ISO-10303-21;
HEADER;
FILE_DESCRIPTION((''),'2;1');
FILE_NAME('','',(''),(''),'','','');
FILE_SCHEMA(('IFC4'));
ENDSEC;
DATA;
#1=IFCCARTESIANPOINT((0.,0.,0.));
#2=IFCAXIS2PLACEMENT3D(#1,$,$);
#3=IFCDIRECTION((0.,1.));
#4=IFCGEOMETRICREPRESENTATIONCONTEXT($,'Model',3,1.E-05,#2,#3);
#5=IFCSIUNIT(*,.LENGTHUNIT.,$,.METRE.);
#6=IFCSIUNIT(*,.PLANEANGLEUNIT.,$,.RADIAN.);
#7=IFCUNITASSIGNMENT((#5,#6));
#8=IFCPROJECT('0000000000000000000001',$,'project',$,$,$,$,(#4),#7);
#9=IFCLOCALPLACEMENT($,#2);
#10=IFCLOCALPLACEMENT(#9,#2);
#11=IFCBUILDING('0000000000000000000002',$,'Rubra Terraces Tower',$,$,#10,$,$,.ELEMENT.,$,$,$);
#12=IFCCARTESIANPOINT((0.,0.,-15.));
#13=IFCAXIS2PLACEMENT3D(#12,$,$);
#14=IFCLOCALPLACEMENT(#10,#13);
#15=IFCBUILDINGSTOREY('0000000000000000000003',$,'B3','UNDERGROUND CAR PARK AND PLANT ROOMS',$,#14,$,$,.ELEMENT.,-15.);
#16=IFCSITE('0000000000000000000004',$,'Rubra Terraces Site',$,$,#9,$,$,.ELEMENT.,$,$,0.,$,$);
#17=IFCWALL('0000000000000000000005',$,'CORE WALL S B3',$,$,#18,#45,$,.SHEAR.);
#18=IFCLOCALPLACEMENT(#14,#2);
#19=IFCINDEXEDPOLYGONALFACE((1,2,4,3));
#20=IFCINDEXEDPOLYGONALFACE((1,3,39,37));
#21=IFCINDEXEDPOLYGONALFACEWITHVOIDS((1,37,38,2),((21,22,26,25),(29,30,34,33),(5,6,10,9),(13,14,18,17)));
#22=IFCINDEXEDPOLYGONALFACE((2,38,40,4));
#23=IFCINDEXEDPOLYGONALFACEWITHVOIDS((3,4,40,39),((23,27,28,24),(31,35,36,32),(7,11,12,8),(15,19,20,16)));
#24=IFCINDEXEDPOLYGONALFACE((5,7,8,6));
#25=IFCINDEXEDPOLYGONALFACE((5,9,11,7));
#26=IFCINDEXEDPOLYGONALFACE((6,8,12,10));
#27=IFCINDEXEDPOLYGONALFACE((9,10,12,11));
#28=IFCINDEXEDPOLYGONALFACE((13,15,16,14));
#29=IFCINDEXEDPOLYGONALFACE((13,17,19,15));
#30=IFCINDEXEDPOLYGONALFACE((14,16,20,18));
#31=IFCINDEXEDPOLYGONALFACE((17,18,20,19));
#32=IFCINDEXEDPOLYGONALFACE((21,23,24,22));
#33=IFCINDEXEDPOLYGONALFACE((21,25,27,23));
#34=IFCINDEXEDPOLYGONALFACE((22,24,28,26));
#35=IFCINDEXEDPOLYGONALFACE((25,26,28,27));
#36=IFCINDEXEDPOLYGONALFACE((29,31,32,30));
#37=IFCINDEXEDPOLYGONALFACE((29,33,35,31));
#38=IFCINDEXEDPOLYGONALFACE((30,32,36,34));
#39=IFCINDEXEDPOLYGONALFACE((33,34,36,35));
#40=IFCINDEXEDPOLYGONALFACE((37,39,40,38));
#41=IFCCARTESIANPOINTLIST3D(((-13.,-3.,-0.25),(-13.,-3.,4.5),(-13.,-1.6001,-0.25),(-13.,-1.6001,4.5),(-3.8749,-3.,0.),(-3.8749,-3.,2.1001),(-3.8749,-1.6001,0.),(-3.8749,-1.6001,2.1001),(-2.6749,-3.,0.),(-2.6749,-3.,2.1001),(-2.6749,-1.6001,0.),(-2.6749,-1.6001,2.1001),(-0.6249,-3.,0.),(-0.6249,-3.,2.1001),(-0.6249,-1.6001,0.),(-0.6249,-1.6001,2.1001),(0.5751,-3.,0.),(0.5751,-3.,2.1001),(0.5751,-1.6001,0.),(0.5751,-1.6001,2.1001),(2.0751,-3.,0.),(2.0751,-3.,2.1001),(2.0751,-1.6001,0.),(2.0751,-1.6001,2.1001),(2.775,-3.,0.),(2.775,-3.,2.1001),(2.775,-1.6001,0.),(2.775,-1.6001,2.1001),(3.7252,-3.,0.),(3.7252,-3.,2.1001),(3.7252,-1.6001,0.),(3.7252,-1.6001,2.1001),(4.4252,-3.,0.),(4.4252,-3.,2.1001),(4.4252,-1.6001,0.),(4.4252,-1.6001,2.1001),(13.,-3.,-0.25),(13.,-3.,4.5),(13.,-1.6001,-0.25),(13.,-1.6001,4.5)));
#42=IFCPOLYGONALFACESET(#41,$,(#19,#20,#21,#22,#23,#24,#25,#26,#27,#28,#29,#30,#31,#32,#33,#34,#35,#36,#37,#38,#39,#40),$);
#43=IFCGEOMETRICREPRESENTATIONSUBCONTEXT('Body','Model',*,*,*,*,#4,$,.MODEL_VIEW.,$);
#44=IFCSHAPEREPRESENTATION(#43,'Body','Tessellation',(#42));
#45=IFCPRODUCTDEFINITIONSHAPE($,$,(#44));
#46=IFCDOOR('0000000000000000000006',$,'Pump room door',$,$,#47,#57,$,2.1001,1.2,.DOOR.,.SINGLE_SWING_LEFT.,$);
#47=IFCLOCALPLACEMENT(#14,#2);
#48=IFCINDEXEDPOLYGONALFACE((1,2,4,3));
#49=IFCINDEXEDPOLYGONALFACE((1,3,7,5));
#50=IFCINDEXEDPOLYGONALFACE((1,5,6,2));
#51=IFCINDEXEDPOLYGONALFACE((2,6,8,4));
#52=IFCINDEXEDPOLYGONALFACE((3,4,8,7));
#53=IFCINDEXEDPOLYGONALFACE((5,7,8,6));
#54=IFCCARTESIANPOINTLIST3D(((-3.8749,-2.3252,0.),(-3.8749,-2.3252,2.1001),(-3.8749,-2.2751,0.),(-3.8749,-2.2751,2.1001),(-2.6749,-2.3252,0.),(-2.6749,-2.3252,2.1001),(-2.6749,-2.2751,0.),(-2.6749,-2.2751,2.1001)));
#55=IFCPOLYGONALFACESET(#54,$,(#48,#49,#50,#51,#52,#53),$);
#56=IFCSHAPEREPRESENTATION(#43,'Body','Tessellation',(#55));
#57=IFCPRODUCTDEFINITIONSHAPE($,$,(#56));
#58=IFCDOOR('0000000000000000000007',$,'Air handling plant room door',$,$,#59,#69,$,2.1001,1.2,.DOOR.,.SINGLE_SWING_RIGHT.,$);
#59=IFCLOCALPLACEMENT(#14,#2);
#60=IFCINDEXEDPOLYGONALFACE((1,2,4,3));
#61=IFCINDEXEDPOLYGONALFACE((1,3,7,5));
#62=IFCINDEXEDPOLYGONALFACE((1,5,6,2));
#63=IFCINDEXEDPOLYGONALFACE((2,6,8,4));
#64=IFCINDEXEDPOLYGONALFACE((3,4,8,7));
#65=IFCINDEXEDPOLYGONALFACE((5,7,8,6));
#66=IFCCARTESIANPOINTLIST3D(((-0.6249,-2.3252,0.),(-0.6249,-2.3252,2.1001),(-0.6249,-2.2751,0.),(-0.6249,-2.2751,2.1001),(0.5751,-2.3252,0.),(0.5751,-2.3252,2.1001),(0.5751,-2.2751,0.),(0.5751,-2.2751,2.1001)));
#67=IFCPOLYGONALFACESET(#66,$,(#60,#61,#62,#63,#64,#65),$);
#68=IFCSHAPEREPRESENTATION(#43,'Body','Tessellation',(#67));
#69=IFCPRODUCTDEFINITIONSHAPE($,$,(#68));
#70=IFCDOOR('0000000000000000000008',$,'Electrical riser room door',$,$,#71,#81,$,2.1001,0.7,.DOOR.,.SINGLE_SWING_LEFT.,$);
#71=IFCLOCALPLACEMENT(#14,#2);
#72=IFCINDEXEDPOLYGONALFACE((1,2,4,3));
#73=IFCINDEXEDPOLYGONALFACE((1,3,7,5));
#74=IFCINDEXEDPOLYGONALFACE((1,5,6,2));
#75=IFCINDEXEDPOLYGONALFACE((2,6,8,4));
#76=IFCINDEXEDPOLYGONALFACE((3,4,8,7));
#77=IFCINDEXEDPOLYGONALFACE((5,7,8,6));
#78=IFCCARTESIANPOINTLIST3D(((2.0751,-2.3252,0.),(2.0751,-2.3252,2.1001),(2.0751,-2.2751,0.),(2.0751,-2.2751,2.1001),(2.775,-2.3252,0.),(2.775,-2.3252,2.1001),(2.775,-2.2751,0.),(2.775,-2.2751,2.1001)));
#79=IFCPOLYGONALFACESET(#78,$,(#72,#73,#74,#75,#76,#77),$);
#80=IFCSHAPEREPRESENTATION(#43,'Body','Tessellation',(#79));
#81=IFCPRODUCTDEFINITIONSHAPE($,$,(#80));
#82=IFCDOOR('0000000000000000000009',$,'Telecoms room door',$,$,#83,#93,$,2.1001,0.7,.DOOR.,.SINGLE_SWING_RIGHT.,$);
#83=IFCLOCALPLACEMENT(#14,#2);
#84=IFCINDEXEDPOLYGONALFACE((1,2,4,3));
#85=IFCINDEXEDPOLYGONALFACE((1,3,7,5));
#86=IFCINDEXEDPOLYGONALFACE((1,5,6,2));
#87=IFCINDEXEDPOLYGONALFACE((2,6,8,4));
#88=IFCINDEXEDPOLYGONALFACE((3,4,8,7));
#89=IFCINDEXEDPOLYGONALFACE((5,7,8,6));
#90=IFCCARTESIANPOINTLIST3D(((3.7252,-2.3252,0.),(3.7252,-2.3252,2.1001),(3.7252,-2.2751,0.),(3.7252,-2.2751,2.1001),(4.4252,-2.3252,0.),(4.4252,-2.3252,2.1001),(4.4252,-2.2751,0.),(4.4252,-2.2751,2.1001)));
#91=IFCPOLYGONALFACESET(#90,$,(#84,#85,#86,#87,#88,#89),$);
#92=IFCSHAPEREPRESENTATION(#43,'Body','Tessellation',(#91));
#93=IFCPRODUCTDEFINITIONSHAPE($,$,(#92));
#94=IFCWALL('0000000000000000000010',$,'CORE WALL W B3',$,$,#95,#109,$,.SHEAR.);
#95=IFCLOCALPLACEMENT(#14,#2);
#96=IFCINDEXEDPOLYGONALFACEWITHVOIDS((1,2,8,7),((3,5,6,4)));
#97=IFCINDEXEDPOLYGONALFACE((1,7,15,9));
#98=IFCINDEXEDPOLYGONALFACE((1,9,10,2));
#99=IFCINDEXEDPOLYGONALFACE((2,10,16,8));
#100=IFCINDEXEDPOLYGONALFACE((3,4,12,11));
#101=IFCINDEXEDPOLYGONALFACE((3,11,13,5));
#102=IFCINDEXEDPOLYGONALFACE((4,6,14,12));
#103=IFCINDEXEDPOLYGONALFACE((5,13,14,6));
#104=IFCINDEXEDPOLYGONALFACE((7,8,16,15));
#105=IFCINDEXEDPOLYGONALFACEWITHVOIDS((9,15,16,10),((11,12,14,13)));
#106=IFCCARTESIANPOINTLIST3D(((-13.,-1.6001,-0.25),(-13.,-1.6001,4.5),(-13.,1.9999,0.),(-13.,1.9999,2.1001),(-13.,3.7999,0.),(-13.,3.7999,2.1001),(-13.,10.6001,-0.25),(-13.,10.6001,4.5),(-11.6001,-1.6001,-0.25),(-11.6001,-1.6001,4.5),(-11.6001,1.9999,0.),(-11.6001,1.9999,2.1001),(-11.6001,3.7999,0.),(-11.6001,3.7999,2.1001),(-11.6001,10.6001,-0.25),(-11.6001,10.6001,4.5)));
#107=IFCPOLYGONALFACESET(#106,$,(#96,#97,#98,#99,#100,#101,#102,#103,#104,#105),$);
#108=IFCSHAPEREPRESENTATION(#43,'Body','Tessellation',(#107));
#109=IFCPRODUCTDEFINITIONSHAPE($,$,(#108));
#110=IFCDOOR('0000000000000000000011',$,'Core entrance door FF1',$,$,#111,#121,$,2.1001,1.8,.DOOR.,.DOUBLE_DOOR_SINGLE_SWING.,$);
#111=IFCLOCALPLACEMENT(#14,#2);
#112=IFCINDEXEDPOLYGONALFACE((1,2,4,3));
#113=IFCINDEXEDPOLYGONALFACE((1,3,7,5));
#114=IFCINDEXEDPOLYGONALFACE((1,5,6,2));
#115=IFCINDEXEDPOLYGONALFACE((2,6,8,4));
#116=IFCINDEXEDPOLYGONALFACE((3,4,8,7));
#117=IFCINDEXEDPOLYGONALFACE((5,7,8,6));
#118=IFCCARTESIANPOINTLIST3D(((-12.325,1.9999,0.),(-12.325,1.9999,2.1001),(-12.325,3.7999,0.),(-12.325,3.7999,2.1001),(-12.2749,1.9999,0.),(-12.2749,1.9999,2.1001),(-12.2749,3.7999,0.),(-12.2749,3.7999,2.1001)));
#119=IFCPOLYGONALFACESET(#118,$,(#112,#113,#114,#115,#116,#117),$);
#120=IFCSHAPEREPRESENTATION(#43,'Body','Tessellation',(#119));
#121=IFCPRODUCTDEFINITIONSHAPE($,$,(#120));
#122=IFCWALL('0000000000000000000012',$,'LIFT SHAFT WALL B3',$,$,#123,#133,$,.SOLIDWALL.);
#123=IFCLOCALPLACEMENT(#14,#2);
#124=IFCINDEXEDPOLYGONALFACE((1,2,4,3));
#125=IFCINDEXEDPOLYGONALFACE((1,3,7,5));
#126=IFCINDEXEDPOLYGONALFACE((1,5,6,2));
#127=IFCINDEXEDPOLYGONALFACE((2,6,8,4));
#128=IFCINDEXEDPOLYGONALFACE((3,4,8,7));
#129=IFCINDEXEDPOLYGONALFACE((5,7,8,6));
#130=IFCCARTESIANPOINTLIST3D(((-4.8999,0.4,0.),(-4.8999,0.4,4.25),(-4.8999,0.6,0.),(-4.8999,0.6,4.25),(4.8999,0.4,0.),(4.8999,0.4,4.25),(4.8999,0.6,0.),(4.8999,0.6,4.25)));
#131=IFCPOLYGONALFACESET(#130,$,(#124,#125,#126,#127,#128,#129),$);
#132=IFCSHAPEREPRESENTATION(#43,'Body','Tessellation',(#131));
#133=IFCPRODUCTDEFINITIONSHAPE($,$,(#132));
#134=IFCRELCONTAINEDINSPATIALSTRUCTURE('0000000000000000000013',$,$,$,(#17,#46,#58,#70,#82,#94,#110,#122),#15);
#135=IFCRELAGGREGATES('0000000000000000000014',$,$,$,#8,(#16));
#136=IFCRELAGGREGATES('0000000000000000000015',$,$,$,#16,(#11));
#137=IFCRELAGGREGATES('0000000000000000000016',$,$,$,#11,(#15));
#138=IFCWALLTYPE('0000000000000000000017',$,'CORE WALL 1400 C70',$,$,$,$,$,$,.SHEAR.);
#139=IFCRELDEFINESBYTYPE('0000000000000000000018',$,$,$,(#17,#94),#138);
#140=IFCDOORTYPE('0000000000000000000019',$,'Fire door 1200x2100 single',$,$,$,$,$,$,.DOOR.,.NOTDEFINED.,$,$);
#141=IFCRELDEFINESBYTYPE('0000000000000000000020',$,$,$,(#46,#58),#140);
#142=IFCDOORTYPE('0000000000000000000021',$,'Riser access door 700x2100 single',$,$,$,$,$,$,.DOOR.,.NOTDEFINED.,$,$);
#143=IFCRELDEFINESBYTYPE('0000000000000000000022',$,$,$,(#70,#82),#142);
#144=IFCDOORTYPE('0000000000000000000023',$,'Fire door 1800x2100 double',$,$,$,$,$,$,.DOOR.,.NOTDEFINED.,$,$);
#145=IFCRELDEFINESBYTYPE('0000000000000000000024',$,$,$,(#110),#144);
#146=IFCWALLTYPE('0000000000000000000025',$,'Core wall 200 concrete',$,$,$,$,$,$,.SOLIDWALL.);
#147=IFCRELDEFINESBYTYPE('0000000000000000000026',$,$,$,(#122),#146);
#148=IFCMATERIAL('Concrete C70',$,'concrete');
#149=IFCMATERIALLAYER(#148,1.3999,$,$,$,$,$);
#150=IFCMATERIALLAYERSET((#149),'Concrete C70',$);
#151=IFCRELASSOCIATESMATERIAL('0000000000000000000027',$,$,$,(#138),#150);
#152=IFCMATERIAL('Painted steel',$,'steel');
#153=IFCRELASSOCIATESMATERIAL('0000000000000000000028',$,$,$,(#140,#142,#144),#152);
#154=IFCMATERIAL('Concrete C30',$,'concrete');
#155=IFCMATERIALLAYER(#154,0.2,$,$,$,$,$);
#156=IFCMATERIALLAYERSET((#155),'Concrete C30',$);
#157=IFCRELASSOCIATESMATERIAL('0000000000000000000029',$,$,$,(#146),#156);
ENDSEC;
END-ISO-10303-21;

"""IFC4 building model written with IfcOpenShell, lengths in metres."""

from ifc_helpers import new_model, si_unit, direction, frame, frame_2d, origin, place, context, subcontext, project, spatial, rectangle, extrude, material, layer, layer_set, type_object, element, fill, save


model = new_model("IFC4")

# Units and contexts
model_context = context("Model", 3, precision=1e-05, world=origin(), true_north=direction((0.0, 1.0)))
body_context = subcontext(model_context, "Body", "Model", "MODEL_VIEW")
ifc_project = project(units=[si_unit("LENGTHUNIT", "METRE"), si_unit("PLANEANGLEUNIT", "RADIAN")], contexts=[model_context])

# Site, building, storey
site_placement = place(None, origin())
site = spatial("IfcSite", under=ifc_project, at=site_placement, Name="Rubra Terraces Site", CompositionType="ELEMENT", RefElevation=0.0)
building_placement = place(site_placement, origin())
building = spatial("IfcBuilding", under=site, at=building_placement, Name="Rubra Terraces Tower", CompositionType="ELEMENT")
storey_placement = place(building_placement, frame((0.0, 0.0, -15.0)))
storey = spatial("IfcBuildingStorey", under=building, at=storey_placement, Name="B3", Description="UNDERGROUND CAR PARK AND PLANT ROOMS", CompositionType="ELEMENT", Elevation=-15.0)

# Wall, openings, doors
ifc_material_1 = material(Name="Concrete C70", Category="concrete")
ifc_layer_1 = layer(ifc_material_1, 1.3999)
ifc_layer_set_1 = layer_set([ifc_layer_1], Name="Concrete C70")
wall_type_1 = type_object("IfcWallType", Name="CORE WALL 1400 C70", PredefinedType="SHEAR", material=ifc_layer_set_1)
wall_1_placement = place(storey_placement, frame((-13.0, -2.3, -0.25), z_axis=(0.0, 0.0, 1.0), x_axis=(1.0, 0.0, 0.0)))
wall_1 = element("IfcWall", 1, at=wall_1_placement, inside=storey, type_object=wall_type_1, Name="CORE WALL S B3", PredefinedType="SHEAR", context=body_context, shape_type="SweptSolid", body=[
    extrude(rectangle(XDim=26.0, YDim=1.3999, at=frame_2d((13.0, 0.0))), origin(), (0.0, 0.0, 1.0), 4.75),
])
opening_1_placement = place(wall_1_placement, frame((9.125, 0.0, 0.25)))
opening_1 = element("IfcOpeningElement", 2, at=opening_1_placement, cuts=wall_1, PredefinedType="OPENING", context=body_context, shape_type="SweptSolid", body=[
    extrude(rectangle(XDim=1.2, YDim=2.1001, at=frame_2d((0.6001, 1.05))), frame((0.0, 0.71, 0.0), z_axis=(0.0, -1.0, 0.0), x_axis=(1.0, 0.0, 0.0)), (0.0, 0.0, 1.0), 1.4199),
])
opening_2_placement = place(wall_1_placement, frame((12.375, 0.0, 0.25)))
opening_2 = element("IfcOpeningElement", 3, at=opening_2_placement, cuts=wall_1, PredefinedType="OPENING", context=body_context, shape_type="SweptSolid", body=[
    extrude(rectangle(XDim=1.2, YDim=2.1001, at=frame_2d((0.6001, 1.05))), frame((0.0, 0.71, 0.0), z_axis=(0.0, -1.0, 0.0), x_axis=(1.0, 0.0, 0.0)), (0.0, 0.0, 1.0), 1.4199),
])
opening_3_placement = place(wall_1_placement, frame((15.075, 0.0, 0.25)))
opening_3 = element("IfcOpeningElement", 4, at=opening_3_placement, cuts=wall_1, PredefinedType="OPENING", context=body_context, shape_type="SweptSolid", body=[
    extrude(rectangle(XDim=0.7, YDim=2.1001, at=frame_2d((0.3501, 1.05))), frame((0.0, 0.71, 0.0), z_axis=(0.0, -1.0, 0.0), x_axis=(1.0, 0.0, 0.0)), (0.0, 0.0, 1.0), 1.4199),
])
opening_4_placement = place(wall_1_placement, frame((16.7251, 0.0, 0.25)))
opening_4 = element("IfcOpeningElement", 5, at=opening_4_placement, cuts=wall_1, PredefinedType="OPENING", context=body_context, shape_type="SweptSolid", body=[
    extrude(rectangle(XDim=0.7, YDim=2.1001, at=frame_2d((0.3501, 1.05))), frame((0.0, 0.71, 0.0), z_axis=(0.0, -1.0, 0.0), x_axis=(1.0, 0.0, 0.0)), (0.0, 0.0, 1.0), 1.4199),
])
ifc_material_2 = material(Name="Painted steel", Category="steel")
door_type_1 = type_object("IfcDoorType", Name="Fire door 1200x2100 single", OperationType="NOTDEFINED", PredefinedType="DOOR", material=ifc_material_2)
door_1_placement = place(opening_1_placement, origin())
door_1 = element("IfcDoor", 6, at=door_1_placement, inside=storey, type_object=door_type_1, Name="Pump room door", OperationType="SINGLE_SWING_LEFT", OverallHeight=2.1001, OverallWidth=1.2, PredefinedType="DOOR", context=body_context, shape_type="SweptSolid", body=[
    extrude(rectangle(XDim=1.2, YDim=2.1001, at=frame_2d((0.6001, 1.05))), frame((0.0, 0.0249, 0.0), z_axis=(0.0, -1.0, 0.0), x_axis=(1.0, 0.0, 0.0)), (0.0, 0.0, 1.0), 0.05),
])
fill(opening_1, door_1)
door_2_placement = place(opening_2_placement, origin())
door_2 = element("IfcDoor", 7, at=door_2_placement, inside=storey, type_object=door_type_1, Name="Air handling plant room door", OperationType="SINGLE_SWING_RIGHT", OverallHeight=2.1001, OverallWidth=1.2, PredefinedType="DOOR", context=body_context, shape_type="SweptSolid", body=[
    extrude(rectangle(XDim=1.2, YDim=2.1001, at=frame_2d((0.6001, 1.05))), frame((0.0, 0.0249, 0.0), z_axis=(0.0, -1.0, 0.0), x_axis=(1.0, 0.0, 0.0)), (0.0, 0.0, 1.0), 0.05),
])
fill(opening_2, door_2)
door_type_2 = type_object("IfcDoorType", Name="Riser access door 700x2100 single", OperationType="NOTDEFINED", PredefinedType="DOOR", material=ifc_material_2)
door_3_placement = place(opening_3_placement, origin())
door_3 = element("IfcDoor", 8, at=door_3_placement, inside=storey, type_object=door_type_2, Name="Electrical riser room door", OperationType="SINGLE_SWING_LEFT", OverallHeight=2.1001, OverallWidth=0.7, PredefinedType="DOOR", context=body_context, shape_type="SweptSolid", body=[
    extrude(rectangle(XDim=0.7, YDim=2.1001, at=frame_2d((0.3501, 1.05))), frame((0.0, 0.0249, 0.0), z_axis=(0.0, -1.0, 0.0), x_axis=(1.0, 0.0, 0.0)), (0.0, 0.0, 1.0), 0.05),
])
fill(opening_3, door_3)
door_4_placement = place(opening_4_placement, origin())
door_4 = element("IfcDoor", 9, at=door_4_placement, inside=storey, type_object=door_type_2, Name="Telecoms room door", OperationType="SINGLE_SWING_RIGHT", OverallHeight=2.1001, OverallWidth=0.7, PredefinedType="DOOR", context=body_context, shape_type="SweptSolid", body=[
    extrude(rectangle(XDim=0.7, YDim=2.1001, at=frame_2d((0.3501, 1.05))), frame((0.0, 0.0249, 0.0), z_axis=(0.0, -1.0, 0.0), x_axis=(1.0, 0.0, 0.0)), (0.0, 0.0, 1.0), 0.05),
])
fill(opening_4, door_4)

# Wall, opening, door
wall_2_placement = place(storey_placement, frame((-12.3, -1.6001, -0.25), z_axis=(0.0, 0.0, 1.0), x_axis=(0.0, 1.0, 0.0)))
wall_2 = element("IfcWall", 10, at=wall_2_placement, inside=storey, type_object=wall_type_1, Name="CORE WALL W B3", PredefinedType="SHEAR", context=body_context, shape_type="SweptSolid", body=[
    extrude(rectangle(XDim=12.2002, YDim=1.3999, at=frame_2d((6.1001, 0.0))), origin(), (0.0, 0.0, 1.0), 4.75),
])
opening_5_placement = place(wall_2_placement, frame((3.6001, 0.0, 0.25)))
opening_5 = element("IfcOpeningElement", 11, at=opening_5_placement, cuts=wall_2, PredefinedType="OPENING", context=body_context, shape_type="SweptSolid", body=[
    extrude(rectangle(XDim=1.8, YDim=2.1001, at=frame_2d((0.8999, 1.05))), frame((0.0, 0.71, 0.0), z_axis=(0.0, -1.0, 0.0), x_axis=(1.0, 0.0, 0.0)), (0.0, 0.0, 1.0), 1.4199),
])
door_type_3 = type_object("IfcDoorType", Name="Fire door 1800x2100 double", OperationType="NOTDEFINED", PredefinedType="DOOR", material=ifc_material_2)
door_5_placement = place(opening_5_placement, origin())
door_5 = element("IfcDoor", 12, at=door_5_placement, inside=storey, type_object=door_type_3, Name="Core entrance door FF1", OperationType="DOUBLE_DOOR_SINGLE_SWING", OverallHeight=2.1001, OverallWidth=1.8, PredefinedType="DOOR", context=body_context, shape_type="SweptSolid", body=[
    extrude(rectangle(XDim=1.8, YDim=2.1001, at=frame_2d((0.8999, 1.05))), frame((0.0, 0.0249, 0.0), z_axis=(0.0, -1.0, 0.0), x_axis=(1.0, 0.0, 0.0)), (0.0, 0.0, 1.0), 0.05),
])
fill(opening_5, door_5)

# Wall
ifc_material_3 = material(Name="Concrete C30", Category="concrete")
ifc_layer_2 = layer(ifc_material_3, 0.2)
ifc_layer_set_2 = layer_set([ifc_layer_2], Name="Concrete C30")
wall_type_2 = type_object("IfcWallType", Name="Core wall 200 concrete", PredefinedType="SOLIDWALL", material=ifc_layer_set_2)
wall_3_placement = place(storey_placement, frame((-4.8999, 0.5, 0.0), z_axis=(0.0, 0.0, 1.0), x_axis=(1.0, 0.0, 0.0)))
element("IfcWall", 13, at=wall_3_placement, inside=storey, type_object=wall_type_2, Name="LIFT SHAFT WALL B3", PredefinedType="SOLIDWALL", context=body_context, shape_type="SweptSolid", body=[
    extrude(rectangle(XDim=9.7998, YDim=0.2, at=frame_2d((4.8999, 0.0))), origin(), (0.0, 0.0, 1.0), 4.25),
])

save(model, "model.ifc")
